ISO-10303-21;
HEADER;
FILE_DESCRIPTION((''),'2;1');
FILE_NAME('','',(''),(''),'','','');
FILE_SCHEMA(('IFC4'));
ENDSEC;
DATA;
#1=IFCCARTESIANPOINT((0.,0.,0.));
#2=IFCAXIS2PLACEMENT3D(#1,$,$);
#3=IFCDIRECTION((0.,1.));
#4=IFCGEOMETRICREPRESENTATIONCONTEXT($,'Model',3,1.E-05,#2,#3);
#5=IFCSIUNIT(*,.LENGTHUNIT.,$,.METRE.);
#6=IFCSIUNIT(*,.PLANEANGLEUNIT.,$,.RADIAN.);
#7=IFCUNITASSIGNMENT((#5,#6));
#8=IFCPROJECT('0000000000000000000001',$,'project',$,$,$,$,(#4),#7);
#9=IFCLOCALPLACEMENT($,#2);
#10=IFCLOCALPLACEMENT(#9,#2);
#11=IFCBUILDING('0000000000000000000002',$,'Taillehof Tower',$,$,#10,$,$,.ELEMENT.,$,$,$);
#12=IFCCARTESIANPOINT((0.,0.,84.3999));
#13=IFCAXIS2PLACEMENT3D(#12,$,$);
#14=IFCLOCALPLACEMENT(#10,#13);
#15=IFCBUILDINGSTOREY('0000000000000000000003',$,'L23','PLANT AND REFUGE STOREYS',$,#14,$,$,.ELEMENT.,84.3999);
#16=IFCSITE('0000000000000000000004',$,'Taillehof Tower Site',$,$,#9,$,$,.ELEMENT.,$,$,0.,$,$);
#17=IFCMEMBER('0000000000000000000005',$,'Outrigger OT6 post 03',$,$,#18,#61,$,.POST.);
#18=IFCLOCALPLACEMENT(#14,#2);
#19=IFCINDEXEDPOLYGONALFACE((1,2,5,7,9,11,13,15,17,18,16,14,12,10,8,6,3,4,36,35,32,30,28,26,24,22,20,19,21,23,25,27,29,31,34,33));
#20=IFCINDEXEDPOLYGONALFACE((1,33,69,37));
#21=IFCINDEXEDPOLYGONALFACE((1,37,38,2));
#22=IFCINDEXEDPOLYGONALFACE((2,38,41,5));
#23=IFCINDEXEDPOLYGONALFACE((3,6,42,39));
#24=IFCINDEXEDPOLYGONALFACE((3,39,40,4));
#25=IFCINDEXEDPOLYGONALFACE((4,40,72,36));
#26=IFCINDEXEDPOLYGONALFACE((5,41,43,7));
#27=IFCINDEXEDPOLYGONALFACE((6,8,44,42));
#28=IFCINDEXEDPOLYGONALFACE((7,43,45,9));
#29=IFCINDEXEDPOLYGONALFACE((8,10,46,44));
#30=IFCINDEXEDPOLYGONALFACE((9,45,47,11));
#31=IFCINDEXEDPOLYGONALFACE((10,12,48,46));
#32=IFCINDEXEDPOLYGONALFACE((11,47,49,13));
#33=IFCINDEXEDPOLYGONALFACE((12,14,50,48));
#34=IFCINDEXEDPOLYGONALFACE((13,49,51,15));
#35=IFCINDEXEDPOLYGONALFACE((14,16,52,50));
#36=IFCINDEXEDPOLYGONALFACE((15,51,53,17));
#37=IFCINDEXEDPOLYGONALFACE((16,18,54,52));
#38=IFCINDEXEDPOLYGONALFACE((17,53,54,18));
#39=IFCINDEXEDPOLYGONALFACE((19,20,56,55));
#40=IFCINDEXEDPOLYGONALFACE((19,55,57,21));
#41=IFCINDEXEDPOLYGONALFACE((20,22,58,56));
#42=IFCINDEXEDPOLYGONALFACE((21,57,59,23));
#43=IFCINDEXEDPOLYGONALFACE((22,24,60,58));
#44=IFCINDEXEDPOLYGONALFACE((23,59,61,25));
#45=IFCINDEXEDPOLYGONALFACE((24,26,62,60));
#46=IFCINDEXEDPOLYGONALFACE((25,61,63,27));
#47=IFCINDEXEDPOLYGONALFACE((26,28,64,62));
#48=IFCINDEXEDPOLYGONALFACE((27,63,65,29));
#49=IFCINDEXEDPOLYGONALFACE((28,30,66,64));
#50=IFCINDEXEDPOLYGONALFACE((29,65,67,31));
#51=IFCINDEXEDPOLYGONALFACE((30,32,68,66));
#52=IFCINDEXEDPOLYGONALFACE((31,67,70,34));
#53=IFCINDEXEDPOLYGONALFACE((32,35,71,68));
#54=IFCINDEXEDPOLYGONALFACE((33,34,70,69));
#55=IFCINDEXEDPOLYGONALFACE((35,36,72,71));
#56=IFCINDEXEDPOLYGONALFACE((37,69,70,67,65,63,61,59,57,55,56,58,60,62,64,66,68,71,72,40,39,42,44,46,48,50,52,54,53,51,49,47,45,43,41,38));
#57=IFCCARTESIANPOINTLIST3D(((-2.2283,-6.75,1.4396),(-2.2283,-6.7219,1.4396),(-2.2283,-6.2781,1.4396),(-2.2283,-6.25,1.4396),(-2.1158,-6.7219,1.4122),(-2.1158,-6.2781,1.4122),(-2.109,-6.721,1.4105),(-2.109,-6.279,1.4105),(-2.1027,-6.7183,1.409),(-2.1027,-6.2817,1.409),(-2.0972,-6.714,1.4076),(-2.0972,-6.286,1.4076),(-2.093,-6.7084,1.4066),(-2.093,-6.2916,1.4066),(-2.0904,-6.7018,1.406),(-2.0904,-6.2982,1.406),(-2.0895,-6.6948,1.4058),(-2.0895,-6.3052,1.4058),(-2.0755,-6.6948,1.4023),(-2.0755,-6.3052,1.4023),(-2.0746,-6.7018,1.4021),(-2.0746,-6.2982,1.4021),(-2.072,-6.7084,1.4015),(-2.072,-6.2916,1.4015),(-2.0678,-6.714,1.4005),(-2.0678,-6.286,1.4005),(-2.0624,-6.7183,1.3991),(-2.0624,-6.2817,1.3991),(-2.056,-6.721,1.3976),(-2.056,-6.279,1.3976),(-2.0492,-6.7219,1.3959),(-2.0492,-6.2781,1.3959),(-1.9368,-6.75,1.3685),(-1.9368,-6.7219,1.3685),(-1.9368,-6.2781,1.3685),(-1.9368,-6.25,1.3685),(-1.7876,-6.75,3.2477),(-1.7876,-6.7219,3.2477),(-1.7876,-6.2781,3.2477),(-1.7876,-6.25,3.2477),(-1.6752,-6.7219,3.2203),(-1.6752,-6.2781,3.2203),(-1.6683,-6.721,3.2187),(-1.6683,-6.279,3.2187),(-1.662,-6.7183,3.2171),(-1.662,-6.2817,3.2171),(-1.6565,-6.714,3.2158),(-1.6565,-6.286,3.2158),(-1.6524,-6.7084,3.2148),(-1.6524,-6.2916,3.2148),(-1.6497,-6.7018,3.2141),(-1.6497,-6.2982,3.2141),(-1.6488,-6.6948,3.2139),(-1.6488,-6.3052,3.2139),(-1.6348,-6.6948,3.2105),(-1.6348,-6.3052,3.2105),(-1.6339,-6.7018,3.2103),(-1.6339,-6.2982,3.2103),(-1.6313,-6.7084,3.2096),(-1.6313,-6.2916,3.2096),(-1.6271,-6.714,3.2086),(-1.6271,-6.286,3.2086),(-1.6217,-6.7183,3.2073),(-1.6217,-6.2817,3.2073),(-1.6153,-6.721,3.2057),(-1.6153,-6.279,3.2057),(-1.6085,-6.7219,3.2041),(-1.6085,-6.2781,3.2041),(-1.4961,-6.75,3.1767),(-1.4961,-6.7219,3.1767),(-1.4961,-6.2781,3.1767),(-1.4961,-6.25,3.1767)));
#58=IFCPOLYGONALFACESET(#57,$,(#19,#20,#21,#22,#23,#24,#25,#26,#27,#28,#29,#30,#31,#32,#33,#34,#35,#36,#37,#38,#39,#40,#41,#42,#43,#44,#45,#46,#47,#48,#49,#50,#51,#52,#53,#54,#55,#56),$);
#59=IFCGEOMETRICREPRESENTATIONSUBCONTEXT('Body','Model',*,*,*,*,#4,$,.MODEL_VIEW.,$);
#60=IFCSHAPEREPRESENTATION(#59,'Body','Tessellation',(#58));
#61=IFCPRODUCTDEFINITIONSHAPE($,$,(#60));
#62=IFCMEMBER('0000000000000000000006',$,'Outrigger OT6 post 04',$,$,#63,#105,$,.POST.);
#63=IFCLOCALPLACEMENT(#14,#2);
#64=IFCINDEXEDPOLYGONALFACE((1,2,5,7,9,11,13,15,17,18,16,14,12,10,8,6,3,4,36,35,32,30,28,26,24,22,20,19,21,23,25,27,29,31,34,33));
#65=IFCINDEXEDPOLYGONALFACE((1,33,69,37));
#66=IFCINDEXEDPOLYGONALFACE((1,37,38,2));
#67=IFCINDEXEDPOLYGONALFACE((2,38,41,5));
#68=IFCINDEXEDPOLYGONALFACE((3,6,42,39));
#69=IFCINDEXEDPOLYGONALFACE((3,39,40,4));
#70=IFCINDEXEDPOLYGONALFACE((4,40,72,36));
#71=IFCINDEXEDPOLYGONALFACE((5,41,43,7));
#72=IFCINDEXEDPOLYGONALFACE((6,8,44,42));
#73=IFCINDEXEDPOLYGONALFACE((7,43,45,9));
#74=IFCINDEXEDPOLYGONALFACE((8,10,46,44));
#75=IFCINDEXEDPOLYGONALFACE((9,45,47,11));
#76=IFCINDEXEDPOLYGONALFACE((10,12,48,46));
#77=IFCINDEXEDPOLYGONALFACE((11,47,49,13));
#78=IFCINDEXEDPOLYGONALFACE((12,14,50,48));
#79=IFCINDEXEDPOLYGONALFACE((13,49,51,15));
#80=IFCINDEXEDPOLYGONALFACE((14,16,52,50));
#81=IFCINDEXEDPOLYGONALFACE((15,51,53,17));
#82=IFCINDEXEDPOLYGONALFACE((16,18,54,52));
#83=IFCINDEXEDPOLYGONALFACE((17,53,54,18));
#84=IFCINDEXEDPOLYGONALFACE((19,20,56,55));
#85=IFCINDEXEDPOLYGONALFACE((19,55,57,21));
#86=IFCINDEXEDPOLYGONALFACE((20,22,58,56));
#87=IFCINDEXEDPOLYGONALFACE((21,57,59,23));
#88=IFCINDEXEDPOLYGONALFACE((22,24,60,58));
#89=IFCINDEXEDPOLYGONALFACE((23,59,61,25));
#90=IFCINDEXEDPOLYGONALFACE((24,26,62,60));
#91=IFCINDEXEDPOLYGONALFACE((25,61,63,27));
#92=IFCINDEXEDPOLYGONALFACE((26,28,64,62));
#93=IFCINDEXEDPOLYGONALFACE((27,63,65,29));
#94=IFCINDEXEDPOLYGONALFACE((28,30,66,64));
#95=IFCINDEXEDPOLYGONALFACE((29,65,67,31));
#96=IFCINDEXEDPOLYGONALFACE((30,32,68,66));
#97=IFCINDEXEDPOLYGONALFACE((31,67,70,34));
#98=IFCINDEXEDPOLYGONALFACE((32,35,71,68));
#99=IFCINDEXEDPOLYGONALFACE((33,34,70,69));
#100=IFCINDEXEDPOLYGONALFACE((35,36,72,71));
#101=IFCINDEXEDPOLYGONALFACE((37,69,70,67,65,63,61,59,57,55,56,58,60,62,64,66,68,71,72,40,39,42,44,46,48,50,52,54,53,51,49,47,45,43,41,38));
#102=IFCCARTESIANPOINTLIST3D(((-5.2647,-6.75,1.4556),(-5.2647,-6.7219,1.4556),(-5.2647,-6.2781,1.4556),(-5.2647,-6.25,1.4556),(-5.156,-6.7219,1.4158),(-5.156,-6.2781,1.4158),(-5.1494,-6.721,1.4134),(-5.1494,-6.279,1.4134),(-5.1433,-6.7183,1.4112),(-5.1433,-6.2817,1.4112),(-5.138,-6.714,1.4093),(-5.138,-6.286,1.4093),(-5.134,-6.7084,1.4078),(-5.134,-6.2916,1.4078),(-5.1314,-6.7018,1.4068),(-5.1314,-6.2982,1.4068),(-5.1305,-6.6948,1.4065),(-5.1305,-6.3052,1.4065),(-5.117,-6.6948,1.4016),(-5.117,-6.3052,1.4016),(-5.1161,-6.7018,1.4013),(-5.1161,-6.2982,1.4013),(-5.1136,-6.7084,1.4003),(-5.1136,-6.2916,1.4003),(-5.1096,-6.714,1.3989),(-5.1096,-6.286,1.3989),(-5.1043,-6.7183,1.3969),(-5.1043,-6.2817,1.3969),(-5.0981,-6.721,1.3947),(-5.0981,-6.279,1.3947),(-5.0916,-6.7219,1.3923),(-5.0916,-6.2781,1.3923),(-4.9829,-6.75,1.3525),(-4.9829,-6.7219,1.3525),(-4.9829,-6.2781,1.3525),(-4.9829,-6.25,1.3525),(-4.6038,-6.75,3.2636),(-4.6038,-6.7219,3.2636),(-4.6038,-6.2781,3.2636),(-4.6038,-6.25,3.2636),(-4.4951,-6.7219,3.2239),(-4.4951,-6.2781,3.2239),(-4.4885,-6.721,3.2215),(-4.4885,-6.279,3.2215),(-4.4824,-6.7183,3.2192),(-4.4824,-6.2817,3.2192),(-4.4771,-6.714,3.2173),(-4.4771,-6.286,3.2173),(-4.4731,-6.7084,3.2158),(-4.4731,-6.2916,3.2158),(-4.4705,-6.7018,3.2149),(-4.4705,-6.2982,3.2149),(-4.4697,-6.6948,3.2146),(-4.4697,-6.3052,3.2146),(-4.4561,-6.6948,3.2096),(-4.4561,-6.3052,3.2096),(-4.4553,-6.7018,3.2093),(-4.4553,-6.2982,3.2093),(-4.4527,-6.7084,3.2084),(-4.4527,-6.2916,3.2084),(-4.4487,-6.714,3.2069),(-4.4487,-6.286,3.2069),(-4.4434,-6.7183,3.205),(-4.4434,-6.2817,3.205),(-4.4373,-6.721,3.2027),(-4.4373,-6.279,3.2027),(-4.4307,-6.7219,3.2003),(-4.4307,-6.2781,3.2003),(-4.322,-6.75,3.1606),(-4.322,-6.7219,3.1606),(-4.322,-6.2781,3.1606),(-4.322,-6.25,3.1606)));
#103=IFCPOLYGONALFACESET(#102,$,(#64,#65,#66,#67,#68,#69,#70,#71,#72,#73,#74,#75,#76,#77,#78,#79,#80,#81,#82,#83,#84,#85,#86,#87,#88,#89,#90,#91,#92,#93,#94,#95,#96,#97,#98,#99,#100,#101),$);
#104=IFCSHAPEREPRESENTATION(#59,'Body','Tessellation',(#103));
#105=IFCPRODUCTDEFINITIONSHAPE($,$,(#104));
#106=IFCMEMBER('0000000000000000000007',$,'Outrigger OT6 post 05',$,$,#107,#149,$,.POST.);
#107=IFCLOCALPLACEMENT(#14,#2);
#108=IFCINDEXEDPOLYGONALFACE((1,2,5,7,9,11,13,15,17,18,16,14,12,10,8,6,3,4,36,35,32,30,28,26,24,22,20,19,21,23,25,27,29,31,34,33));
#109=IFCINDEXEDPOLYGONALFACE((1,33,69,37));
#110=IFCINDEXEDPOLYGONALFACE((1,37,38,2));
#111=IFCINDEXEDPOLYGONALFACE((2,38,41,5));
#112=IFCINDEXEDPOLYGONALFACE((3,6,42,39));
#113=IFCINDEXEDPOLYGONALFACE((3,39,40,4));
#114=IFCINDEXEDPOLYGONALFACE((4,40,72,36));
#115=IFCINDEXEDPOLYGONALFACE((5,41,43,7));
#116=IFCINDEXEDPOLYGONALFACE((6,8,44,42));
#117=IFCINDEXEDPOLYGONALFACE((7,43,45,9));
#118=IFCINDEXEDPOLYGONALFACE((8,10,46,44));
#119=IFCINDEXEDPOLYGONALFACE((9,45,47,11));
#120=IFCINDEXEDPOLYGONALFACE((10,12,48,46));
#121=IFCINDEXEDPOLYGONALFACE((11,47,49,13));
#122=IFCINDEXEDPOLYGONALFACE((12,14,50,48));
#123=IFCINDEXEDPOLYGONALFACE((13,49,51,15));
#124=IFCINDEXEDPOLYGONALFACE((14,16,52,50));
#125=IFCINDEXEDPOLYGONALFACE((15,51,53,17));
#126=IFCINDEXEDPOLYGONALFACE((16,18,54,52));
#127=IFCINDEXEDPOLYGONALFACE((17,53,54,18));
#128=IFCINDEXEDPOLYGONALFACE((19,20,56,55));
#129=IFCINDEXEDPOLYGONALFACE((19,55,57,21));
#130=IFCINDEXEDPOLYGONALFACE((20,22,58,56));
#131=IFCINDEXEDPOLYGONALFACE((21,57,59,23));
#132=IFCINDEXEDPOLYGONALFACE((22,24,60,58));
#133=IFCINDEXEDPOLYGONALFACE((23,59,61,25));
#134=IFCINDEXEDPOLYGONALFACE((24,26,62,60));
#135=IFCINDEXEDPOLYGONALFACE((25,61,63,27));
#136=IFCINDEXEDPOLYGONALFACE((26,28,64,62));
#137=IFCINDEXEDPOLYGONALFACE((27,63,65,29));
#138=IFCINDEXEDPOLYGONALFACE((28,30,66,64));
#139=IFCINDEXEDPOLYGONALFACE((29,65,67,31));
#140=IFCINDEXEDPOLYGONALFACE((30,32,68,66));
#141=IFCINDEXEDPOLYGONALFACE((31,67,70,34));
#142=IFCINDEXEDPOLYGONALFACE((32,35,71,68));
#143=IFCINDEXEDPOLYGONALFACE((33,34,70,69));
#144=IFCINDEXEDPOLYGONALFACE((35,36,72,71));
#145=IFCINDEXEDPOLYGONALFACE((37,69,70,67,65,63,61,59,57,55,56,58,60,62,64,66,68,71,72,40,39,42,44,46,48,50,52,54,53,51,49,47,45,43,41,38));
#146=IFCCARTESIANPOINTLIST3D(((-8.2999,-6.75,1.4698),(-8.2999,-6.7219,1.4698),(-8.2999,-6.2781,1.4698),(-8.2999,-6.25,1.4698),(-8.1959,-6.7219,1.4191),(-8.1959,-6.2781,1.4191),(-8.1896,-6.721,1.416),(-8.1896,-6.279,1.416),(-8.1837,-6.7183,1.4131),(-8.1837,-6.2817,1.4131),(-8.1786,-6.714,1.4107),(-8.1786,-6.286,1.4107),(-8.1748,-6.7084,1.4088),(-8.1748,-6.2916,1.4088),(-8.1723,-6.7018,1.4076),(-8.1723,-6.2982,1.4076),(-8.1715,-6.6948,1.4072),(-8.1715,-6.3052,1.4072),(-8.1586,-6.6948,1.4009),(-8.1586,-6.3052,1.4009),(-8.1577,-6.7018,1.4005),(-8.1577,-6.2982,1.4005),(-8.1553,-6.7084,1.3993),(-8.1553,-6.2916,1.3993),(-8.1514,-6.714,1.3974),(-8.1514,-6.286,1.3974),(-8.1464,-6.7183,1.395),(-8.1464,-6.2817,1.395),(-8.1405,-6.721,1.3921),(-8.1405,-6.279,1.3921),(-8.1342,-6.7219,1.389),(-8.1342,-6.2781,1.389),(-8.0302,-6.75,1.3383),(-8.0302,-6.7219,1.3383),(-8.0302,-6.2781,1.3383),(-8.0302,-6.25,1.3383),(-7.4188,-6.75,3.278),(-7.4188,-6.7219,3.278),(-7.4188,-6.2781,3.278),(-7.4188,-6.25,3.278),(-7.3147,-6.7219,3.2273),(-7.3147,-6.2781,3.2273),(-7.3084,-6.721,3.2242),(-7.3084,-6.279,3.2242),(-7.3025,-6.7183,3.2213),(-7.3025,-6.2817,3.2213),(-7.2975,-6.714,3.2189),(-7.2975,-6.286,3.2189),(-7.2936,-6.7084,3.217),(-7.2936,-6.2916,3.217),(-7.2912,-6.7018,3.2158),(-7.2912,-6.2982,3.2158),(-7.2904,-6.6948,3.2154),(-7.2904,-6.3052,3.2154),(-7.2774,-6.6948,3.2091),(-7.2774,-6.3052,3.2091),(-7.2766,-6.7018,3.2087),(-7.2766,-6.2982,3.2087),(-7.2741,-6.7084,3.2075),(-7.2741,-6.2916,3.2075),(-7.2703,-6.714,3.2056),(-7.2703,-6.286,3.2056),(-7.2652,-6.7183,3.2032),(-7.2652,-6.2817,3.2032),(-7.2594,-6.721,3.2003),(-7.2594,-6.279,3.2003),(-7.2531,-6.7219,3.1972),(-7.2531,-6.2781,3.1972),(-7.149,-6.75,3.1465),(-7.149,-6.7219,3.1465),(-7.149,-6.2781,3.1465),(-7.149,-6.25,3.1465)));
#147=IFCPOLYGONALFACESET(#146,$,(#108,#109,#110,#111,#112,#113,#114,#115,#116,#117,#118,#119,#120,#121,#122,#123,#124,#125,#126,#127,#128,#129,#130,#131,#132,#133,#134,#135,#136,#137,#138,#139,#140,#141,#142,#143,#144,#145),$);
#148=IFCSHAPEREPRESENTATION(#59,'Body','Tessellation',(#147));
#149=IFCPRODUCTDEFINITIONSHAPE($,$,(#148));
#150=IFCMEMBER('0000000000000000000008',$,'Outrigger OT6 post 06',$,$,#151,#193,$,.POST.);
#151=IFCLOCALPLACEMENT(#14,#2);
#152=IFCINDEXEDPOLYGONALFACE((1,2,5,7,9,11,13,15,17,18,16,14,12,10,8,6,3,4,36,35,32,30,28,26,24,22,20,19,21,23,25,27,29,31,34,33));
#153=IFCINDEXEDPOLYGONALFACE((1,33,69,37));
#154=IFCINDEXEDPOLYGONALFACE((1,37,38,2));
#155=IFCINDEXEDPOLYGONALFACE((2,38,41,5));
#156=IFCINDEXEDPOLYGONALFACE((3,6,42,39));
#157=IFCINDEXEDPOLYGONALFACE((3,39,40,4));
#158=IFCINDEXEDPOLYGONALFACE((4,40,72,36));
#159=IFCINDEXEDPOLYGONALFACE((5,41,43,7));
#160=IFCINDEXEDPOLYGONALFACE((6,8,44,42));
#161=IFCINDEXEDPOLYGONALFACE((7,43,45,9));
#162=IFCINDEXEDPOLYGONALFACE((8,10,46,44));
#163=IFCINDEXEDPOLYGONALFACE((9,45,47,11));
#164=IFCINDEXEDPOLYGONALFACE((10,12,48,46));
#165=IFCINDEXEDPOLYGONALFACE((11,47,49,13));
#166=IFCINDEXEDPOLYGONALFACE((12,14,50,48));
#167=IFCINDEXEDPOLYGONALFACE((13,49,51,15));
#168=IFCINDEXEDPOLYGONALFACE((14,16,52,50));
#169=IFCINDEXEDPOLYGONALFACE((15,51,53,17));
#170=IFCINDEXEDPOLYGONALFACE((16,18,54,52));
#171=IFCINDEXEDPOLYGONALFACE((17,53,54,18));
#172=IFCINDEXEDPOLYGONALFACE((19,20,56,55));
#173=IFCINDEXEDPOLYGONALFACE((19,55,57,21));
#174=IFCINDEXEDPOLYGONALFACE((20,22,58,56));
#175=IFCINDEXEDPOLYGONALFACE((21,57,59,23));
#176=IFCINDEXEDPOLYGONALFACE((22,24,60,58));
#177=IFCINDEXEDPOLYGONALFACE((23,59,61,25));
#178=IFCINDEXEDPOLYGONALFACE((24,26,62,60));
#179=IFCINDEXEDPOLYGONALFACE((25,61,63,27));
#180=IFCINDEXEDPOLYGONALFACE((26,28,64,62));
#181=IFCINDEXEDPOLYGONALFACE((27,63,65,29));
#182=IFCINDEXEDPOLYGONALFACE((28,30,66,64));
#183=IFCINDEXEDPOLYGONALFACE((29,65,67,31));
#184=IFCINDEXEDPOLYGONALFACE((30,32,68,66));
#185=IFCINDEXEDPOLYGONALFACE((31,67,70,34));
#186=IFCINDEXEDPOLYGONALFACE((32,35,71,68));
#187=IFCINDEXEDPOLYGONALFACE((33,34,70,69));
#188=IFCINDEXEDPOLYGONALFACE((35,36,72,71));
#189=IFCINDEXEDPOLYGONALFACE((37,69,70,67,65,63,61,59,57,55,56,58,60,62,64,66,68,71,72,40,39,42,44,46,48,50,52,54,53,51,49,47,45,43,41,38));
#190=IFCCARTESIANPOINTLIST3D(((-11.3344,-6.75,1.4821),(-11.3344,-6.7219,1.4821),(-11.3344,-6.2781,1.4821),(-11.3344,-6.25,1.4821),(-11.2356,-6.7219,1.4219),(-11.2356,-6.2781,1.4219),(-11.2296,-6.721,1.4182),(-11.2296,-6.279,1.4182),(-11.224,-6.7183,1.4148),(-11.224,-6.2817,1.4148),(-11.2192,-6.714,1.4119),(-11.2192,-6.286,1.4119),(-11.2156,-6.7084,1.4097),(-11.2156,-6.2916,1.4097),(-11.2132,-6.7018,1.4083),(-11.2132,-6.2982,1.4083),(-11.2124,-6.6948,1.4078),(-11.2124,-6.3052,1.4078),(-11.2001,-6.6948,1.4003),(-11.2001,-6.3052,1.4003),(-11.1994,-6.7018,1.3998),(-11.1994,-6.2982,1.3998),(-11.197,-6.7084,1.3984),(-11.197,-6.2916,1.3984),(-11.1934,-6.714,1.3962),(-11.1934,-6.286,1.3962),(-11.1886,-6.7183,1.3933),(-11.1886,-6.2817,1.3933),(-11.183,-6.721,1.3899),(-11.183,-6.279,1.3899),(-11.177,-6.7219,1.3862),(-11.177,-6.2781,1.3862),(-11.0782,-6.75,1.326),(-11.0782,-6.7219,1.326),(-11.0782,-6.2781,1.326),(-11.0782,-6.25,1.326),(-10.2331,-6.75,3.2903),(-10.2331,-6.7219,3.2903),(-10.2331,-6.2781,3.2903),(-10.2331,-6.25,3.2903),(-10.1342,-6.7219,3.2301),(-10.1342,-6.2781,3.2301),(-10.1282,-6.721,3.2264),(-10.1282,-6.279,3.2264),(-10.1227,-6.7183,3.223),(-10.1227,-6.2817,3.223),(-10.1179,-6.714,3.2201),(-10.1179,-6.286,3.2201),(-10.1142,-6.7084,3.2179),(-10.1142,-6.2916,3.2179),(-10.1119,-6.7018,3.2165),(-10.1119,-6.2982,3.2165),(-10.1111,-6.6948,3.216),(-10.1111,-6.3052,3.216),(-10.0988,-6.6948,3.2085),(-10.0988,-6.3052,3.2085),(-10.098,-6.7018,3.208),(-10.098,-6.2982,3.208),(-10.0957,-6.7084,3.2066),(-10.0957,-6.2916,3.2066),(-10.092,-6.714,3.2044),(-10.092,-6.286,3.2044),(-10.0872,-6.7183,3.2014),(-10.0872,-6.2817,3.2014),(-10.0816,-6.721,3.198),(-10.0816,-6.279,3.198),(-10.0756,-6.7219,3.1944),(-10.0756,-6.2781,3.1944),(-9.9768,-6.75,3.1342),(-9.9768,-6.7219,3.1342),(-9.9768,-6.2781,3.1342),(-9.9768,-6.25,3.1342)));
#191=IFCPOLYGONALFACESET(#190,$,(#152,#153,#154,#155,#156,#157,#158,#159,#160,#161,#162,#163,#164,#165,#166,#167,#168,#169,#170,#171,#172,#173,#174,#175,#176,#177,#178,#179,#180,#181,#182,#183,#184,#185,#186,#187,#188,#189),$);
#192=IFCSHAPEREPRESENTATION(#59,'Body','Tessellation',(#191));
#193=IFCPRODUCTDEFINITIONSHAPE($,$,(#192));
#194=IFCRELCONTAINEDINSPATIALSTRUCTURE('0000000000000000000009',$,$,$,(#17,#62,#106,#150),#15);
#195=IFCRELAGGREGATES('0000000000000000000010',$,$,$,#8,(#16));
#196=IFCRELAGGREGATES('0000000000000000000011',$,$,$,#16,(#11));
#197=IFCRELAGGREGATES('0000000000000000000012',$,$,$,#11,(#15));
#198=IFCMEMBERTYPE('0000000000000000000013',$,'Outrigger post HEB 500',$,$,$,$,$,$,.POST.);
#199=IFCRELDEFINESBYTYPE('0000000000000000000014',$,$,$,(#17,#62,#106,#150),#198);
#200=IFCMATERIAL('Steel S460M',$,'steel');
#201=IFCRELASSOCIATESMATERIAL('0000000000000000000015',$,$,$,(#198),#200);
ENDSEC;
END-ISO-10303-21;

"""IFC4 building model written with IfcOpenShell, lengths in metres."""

from ifc_helpers import new_model, si_unit, direction, frame, origin, origin_2d, place, context, subcontext, project, spatial, i_section, extrude, material, material_profile, profile_set, type_object, element, save


model = new_model("IFC4")

# Units and contexts
model_context = context("Model", 3, precision=1e-05, world=origin(), true_north=direction((0.0, 1.0)))
body_context = subcontext(model_context, "Body", "Model", "MODEL_VIEW")
ifc_project = project(units=[si_unit("LENGTHUNIT", "METRE"), si_unit("PLANEANGLEUNIT", "RADIAN")], contexts=[model_context])

# Site, building, storey
site_placement = place(None, origin())
site = spatial("IfcSite", under=ifc_project, at=site_placement, Name="Taillehof Tower Site", CompositionType="ELEMENT", RefElevation=0.0)
building_placement = place(site_placement, origin())
building = spatial("IfcBuilding", under=site, at=building_placement, Name="Taillehof Tower", CompositionType="ELEMENT")
storey_placement = place(building_placement, frame((0.0, 0.0, 84.3999)))
storey = spatial("IfcBuildingStorey", under=building, at=storey_placement, Name="L23", Description="PLANT AND REFUGE STOREYS", CompositionType="ELEMENT", Elevation=84.3999)

# Members
ifc_material_1 = material(Name="Steel S460M", Category="steel")
ifc_material_profile_1 = material_profile(ifc_material_1, i_section(OverallWidth=0.3, OverallDepth=0.5, WebThickness=0.0144, FlangeThickness=0.0281, FilletRadius=0.0271, at=origin_2d()), Name="HEB 500")
ifc_profile_set_1 = profile_set([ifc_material_profile_1], Name="Steel S460M")
member_type_1 = type_object("IfcMemberType", Name="Outrigger post HEB 500", PredefinedType="POST", material=ifc_profile_set_1)
member_1_placement = place(storey_placement, frame((-2.0825, -6.5, 1.4041), z_axis=(0.23679, 0.0, 0.971561), x_axis=(-0.971561, 0.0, 0.23679)))
element("IfcMember", 1, at=member_1_placement, inside=storey, type_object=member_type_1, Name="Outrigger OT6 post 03", PredefinedType="POST", context=body_context, shape_type="SweptSolid", body=[
    extrude(i_section(OverallWidth=0.3, OverallDepth=0.5, WebThickness=0.0144, FlangeThickness=0.0281, FilletRadius=0.0271, at=origin_2d()), origin(), (0.0, 0.0, 1.0), 1.8611),
])
member_2_placement = place(storey_placement, frame((-5.1238, -6.5, 1.4041), z_axis=(0.343301, 0.0, 0.939226), x_axis=(-0.939226, 0.0, 0.343301)))
element("IfcMember", 2, at=member_2_placement, inside=storey, type_object=member_type_1, Name="Outrigger OT6 post 04", PredefinedType="POST", context=body_context, shape_type="SweptSolid", body=[
    extrude(i_section(OverallWidth=0.3, OverallDepth=0.5, WebThickness=0.0144, FlangeThickness=0.0281, FilletRadius=0.0271, at=origin_2d()), origin(), (0.0, 0.0, 1.0), 1.925),
])
member_3_placement = place(storey_placement, frame((-8.165, -6.5, 1.4041), z_axis=(0.438062, 0.0, 0.898945), x_axis=(-0.898945, 0.0, 0.438062)))
element("IfcMember", 3, at=member_3_placement, inside=storey, type_object=member_type_1, Name="Outrigger OT6 post 05", PredefinedType="POST", context=body_context, shape_type="SweptSolid", body=[
    extrude(i_section(OverallWidth=0.3, OverallDepth=0.5, WebThickness=0.0144, FlangeThickness=0.0281, FilletRadius=0.0271, at=origin_2d()), origin(), (0.0, 0.0, 1.0), 2.0115),
])
member_4_placement = place(storey_placement, frame((-11.2063, -6.5, 1.4041), z_axis=(0.520199, 0.0, 0.854045), x_axis=(-0.854045, 0.0, 0.520199)))
element("IfcMember", 4, at=member_4_placement, inside=storey, type_object=member_type_1, Name="Outrigger OT6 post 06", PredefinedType="POST", context=body_context, shape_type="SweptSolid", body=[
    extrude(i_section(OverallWidth=0.3, OverallDepth=0.5, WebThickness=0.0144, FlangeThickness=0.0281, FilletRadius=0.0271, at=origin_2d()), origin(), (0.0, 0.0, 1.0), 2.1172),
])

save(model, "model.ifc")
